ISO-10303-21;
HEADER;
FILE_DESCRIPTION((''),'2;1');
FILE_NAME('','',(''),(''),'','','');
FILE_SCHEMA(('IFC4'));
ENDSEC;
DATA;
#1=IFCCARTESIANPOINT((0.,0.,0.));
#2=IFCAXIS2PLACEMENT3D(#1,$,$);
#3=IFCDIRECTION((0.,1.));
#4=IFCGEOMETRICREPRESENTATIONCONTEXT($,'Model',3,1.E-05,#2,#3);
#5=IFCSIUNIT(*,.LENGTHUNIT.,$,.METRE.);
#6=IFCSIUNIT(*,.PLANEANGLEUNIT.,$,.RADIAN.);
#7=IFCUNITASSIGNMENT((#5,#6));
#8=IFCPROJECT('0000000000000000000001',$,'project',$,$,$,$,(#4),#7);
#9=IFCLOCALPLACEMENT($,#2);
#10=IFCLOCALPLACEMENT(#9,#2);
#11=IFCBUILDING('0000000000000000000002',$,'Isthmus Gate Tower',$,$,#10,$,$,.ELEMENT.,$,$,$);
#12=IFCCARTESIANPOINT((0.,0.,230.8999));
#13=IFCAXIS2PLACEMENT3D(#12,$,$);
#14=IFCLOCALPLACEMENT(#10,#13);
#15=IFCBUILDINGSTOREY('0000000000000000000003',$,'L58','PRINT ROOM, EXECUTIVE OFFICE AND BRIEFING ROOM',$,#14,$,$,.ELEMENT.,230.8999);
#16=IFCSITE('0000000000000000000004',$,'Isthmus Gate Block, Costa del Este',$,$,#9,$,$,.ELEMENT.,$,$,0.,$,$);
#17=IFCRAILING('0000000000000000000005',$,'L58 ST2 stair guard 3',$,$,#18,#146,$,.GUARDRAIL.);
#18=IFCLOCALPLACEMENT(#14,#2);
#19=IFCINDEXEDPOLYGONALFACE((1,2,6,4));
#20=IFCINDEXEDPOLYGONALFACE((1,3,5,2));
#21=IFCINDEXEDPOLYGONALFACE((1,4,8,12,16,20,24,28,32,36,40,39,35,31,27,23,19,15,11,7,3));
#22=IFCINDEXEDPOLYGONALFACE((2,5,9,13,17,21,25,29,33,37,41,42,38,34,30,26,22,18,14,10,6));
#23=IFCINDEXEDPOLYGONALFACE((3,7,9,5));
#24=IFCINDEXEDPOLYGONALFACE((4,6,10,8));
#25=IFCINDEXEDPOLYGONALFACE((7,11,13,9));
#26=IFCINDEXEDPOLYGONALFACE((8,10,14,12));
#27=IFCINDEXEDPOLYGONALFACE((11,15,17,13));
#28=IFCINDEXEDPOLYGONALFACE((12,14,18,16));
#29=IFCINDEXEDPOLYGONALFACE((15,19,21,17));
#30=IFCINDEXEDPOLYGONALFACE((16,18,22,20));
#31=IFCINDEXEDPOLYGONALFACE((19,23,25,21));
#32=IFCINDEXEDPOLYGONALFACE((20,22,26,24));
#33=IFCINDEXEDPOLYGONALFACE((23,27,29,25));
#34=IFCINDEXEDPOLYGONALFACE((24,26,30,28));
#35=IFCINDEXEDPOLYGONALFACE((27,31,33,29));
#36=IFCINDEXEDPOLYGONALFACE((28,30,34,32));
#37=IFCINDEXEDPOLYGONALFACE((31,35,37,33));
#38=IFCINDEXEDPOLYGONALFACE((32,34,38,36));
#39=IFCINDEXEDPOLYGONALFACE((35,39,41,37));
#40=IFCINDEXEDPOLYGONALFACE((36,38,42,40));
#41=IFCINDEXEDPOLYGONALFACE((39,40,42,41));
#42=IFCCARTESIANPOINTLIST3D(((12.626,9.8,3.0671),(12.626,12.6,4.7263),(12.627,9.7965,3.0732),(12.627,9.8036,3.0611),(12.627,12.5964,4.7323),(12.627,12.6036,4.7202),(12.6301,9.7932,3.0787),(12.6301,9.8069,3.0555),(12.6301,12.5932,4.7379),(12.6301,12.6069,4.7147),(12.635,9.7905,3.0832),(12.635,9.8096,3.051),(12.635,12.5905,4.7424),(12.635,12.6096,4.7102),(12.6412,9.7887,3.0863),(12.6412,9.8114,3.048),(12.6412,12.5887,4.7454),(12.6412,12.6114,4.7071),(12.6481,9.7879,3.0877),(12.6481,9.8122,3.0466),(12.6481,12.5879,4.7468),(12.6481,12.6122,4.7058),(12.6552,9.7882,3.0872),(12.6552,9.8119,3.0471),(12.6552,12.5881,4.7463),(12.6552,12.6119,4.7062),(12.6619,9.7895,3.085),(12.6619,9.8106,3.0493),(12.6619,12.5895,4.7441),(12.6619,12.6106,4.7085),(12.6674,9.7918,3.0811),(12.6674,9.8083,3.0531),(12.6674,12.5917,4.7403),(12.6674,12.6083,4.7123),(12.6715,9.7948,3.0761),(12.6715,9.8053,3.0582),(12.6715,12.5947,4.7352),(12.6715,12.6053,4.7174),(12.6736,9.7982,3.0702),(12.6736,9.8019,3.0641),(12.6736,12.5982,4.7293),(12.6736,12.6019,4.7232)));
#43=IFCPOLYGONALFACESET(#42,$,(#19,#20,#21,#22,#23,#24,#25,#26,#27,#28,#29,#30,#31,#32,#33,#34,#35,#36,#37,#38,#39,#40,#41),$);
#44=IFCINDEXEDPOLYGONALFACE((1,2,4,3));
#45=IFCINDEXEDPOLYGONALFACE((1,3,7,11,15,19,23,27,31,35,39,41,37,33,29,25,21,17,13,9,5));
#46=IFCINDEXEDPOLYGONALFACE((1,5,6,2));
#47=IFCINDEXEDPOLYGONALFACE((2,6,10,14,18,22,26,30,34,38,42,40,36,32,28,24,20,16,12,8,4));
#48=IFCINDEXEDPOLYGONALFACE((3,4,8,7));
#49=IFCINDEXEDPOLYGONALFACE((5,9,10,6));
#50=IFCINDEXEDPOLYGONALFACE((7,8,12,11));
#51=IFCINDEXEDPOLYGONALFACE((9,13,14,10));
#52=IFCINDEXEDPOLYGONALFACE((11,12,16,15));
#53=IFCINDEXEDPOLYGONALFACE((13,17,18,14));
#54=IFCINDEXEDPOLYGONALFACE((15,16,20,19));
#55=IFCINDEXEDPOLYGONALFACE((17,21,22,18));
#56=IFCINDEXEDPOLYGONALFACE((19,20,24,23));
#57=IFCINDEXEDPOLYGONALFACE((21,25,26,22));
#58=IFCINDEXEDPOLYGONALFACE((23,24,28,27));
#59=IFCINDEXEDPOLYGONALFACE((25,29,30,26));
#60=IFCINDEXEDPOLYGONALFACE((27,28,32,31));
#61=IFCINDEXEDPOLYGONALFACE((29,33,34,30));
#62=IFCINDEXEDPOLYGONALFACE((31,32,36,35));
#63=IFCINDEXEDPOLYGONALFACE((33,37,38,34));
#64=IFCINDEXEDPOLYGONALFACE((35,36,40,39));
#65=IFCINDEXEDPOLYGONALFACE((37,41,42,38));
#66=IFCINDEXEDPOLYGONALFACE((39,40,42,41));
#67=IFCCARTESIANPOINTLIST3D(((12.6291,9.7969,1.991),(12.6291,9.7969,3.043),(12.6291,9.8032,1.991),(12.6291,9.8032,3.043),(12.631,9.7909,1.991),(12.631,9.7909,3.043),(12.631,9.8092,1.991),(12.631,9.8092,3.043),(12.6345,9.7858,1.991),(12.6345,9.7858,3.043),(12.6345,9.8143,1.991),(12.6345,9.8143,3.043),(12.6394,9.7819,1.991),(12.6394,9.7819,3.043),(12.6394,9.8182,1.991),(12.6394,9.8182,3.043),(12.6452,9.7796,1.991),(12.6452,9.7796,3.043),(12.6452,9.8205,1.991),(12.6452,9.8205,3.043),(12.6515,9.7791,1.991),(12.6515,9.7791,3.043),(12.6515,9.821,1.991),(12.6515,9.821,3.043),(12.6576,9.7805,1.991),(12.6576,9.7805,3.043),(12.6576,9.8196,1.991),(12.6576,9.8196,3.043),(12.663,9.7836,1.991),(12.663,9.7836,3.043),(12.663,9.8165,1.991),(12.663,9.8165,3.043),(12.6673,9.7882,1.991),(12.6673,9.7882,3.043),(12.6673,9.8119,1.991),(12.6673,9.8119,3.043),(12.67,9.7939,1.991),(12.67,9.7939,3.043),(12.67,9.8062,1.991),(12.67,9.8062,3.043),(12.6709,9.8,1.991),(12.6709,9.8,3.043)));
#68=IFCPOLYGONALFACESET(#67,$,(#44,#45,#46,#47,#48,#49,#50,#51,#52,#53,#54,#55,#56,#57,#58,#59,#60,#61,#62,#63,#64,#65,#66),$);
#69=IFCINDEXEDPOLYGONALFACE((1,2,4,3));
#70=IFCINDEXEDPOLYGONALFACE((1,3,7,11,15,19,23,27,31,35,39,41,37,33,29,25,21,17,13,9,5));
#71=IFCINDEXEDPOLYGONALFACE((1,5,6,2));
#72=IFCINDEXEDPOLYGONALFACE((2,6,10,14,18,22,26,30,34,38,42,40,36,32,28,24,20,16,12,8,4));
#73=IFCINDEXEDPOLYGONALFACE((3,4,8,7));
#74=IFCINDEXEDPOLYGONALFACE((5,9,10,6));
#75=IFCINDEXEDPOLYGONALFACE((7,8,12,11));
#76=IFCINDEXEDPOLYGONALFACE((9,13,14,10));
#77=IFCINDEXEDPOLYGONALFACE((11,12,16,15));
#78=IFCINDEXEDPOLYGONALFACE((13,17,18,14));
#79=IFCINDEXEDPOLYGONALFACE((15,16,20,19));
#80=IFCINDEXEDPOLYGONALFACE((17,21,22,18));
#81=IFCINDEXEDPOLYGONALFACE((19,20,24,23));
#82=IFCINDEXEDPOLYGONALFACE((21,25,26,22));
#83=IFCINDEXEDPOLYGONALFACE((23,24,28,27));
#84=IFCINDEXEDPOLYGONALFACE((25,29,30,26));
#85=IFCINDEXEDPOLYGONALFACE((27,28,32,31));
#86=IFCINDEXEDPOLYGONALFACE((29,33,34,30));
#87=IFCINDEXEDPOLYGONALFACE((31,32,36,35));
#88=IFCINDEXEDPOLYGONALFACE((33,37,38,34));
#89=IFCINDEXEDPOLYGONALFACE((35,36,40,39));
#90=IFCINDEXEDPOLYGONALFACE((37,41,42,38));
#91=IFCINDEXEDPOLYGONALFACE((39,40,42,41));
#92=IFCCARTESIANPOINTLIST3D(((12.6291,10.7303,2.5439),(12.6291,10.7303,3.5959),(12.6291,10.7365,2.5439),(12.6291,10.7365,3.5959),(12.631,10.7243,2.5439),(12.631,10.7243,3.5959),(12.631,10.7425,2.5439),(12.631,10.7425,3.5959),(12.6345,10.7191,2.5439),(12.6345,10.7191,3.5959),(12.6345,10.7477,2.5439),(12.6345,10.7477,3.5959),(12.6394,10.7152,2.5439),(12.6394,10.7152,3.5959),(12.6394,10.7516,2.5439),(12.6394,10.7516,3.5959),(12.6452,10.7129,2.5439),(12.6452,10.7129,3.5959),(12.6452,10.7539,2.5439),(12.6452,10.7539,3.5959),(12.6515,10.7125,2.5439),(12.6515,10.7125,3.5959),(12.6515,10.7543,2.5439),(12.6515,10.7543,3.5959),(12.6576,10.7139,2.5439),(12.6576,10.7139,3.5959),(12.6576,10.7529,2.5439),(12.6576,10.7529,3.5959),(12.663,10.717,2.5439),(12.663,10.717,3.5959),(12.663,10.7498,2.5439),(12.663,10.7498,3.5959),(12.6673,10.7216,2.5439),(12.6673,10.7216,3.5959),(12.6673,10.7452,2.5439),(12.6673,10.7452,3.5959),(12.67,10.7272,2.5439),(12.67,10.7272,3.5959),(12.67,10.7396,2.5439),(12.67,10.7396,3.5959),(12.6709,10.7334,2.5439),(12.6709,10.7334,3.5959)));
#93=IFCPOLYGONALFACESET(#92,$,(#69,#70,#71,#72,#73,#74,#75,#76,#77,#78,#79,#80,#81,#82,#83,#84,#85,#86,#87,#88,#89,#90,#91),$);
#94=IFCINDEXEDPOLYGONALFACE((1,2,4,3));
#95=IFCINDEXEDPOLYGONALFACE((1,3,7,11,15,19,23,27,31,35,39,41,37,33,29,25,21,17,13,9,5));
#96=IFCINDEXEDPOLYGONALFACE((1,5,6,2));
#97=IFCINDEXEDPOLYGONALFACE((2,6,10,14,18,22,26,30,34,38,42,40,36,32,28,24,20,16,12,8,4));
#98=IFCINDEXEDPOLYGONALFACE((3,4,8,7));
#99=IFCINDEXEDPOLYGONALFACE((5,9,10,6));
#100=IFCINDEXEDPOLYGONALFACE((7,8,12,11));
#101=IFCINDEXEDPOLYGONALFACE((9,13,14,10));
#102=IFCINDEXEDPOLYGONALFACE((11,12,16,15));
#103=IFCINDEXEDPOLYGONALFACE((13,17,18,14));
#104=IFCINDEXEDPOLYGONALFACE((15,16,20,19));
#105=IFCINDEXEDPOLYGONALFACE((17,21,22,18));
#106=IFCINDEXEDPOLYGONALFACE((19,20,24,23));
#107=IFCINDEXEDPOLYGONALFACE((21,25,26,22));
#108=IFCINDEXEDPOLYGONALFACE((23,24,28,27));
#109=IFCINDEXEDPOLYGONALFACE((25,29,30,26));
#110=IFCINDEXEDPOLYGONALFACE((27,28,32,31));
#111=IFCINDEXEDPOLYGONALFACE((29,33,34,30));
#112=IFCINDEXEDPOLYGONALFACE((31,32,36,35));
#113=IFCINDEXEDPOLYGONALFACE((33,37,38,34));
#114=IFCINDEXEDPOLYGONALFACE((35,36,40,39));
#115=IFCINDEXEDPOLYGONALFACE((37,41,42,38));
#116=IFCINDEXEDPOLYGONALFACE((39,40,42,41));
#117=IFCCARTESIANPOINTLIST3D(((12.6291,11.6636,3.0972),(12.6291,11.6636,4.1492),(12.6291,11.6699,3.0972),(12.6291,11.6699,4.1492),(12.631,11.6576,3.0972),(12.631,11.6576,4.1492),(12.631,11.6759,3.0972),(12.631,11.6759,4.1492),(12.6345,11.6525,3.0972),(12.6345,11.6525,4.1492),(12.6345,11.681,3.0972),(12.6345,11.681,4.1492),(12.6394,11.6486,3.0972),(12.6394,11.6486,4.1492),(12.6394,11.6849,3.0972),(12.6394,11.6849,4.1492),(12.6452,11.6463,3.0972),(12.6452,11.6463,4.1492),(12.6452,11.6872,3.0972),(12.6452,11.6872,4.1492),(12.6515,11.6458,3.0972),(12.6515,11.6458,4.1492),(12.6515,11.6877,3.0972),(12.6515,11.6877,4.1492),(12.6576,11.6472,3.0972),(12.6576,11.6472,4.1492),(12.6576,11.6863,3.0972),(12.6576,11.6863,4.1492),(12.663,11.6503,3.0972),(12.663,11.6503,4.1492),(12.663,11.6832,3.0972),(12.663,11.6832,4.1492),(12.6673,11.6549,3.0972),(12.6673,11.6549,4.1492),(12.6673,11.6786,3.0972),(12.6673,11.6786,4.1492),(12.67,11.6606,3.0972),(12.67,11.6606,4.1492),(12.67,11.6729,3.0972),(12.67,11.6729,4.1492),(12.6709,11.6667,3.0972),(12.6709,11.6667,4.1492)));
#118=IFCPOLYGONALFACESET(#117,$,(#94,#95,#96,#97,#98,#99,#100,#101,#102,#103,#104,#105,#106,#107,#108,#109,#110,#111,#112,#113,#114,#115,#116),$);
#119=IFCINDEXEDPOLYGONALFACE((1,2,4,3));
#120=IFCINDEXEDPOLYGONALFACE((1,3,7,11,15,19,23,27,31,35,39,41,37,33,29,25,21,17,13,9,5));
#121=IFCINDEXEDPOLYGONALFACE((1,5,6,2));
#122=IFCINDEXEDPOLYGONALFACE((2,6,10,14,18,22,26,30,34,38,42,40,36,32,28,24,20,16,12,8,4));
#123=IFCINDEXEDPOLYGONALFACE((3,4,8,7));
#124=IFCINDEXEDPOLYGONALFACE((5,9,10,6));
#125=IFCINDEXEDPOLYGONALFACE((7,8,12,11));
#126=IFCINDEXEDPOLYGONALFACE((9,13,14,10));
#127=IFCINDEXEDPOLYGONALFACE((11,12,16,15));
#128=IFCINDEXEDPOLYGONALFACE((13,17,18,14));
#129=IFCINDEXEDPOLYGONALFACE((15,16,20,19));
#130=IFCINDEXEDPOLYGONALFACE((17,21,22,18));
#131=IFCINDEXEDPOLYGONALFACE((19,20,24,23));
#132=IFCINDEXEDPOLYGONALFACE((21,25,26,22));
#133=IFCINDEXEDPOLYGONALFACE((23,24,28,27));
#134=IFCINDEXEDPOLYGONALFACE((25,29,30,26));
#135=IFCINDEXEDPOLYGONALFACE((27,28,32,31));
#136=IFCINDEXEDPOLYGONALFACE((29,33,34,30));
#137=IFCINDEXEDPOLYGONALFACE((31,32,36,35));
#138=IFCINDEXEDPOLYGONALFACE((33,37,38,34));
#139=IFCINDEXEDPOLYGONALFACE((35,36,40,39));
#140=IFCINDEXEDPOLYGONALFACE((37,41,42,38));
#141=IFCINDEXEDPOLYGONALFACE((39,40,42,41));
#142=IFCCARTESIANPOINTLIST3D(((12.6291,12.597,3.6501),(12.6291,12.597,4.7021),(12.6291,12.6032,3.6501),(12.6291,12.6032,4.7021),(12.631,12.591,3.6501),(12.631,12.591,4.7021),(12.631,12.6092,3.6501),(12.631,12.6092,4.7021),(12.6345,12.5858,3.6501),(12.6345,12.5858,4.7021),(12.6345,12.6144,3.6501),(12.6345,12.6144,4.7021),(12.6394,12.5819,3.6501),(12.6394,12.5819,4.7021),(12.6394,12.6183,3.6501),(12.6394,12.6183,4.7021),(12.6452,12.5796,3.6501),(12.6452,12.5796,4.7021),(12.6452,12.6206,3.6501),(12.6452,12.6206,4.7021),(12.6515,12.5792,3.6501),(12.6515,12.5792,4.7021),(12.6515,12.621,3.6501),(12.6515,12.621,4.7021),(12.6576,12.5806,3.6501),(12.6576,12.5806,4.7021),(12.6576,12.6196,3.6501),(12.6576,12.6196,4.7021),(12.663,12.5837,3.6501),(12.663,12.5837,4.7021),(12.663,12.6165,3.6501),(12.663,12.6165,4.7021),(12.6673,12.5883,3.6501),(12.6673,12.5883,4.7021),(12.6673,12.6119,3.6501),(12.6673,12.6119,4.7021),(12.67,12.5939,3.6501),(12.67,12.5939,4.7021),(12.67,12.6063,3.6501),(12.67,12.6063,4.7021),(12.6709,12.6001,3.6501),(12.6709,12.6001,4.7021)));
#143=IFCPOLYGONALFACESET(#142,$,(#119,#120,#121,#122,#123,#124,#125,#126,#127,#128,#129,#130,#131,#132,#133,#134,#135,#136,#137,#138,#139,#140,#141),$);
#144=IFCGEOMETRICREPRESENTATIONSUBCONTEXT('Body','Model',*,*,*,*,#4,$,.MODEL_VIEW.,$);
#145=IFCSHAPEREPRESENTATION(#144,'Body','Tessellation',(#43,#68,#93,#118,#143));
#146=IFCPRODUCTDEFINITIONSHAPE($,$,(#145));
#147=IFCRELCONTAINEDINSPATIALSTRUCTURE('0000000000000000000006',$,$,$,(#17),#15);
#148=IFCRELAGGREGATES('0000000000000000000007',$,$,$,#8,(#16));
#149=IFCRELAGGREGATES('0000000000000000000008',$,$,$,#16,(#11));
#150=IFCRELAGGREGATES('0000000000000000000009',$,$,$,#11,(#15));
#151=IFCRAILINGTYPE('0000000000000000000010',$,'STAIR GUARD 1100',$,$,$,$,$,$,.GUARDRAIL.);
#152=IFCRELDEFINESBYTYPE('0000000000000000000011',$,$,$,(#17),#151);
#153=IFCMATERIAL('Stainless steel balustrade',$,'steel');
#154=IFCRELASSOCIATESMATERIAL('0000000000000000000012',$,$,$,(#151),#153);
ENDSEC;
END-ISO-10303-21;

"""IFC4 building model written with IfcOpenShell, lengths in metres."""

from ifc_helpers import new_model, si_unit, direction, frame, origin, origin_2d, place, context, subcontext, project, spatial, circle, extrude, material, type_object, element, save


model = new_model("IFC4")

# Units and contexts
model_context = context("Model", 3, precision=1e-05, world=origin(), true_north=direction((0.0, 1.0)))
body_context = subcontext(model_context, "Body", "Model", "MODEL_VIEW")
ifc_project = project(units=[si_unit("LENGTHUNIT", "METRE"), si_unit("PLANEANGLEUNIT", "RADIAN")], contexts=[model_context])

# Site, building, storey
site_placement = place(None, origin())
site = spatial("IfcSite", under=ifc_project, at=site_placement, Name="Isthmus Gate Block, Costa del Este", CompositionType="ELEMENT", RefElevation=0.0)
building_placement = place(site_placement, origin())
building = spatial("IfcBuilding", under=site, at=building_placement, Name="Isthmus Gate Tower", CompositionType="ELEMENT")
storey_placement = place(building_placement, frame((0.0, 0.0, 230.8999)))
storey = spatial("IfcBuildingStorey", under=building, at=storey_placement, Name="L58", Description="PRINT ROOM, EXECUTIVE OFFICE AND BRIEFING ROOM", CompositionType="ELEMENT", Elevation=230.8999)

# Railing
ifc_material_1 = material(Name="Stainless steel balustrade", Category="steel")
railing_type_1 = type_object("IfcRailingType", Name="STAIR GUARD 1100", PredefinedType="GUARDRAIL", material=ifc_material_1)
railing_1_placement = place(storey_placement, frame((12.6499, 9.8, 1.991)))
element("IfcRailing", 1, at=railing_1_placement, inside=storey, type_object=railing_type_1, Name="L58 ST2 stair guard 3", PredefinedType="GUARDRAIL", context=body_context, shape_type="SweptSolid", body=[
    extrude(circle(Radius=0.0239, at=origin_2d()), frame((0.0, 0.0, 1.0762), z_axis=(0.0, 0.860306, 0.509778), x_axis=(-1.0, 0.0, 0.0)), (0.0, 0.0, 1.0), 3.2546),
    extrude(circle(Radius=0.021, at=origin_2d()), origin(), (0.0, 0.0, 1.0), 1.052),
    extrude(circle(Radius=0.021, at=origin_2d()), frame((0.0, 0.9333, 0.553)), (0.0, 0.0, 1.0), 1.052),
    extrude(circle(Radius=0.021, at=origin_2d()), frame((0.0, 1.8667, 1.1062)), (0.0, 0.0, 1.0), 1.052),
    extrude(circle(Radius=0.021, at=origin_2d()), frame((0.0, 2.8, 1.6592)), (0.0, 0.0, 1.0), 1.052),
])

save(model, "model.ifc")
